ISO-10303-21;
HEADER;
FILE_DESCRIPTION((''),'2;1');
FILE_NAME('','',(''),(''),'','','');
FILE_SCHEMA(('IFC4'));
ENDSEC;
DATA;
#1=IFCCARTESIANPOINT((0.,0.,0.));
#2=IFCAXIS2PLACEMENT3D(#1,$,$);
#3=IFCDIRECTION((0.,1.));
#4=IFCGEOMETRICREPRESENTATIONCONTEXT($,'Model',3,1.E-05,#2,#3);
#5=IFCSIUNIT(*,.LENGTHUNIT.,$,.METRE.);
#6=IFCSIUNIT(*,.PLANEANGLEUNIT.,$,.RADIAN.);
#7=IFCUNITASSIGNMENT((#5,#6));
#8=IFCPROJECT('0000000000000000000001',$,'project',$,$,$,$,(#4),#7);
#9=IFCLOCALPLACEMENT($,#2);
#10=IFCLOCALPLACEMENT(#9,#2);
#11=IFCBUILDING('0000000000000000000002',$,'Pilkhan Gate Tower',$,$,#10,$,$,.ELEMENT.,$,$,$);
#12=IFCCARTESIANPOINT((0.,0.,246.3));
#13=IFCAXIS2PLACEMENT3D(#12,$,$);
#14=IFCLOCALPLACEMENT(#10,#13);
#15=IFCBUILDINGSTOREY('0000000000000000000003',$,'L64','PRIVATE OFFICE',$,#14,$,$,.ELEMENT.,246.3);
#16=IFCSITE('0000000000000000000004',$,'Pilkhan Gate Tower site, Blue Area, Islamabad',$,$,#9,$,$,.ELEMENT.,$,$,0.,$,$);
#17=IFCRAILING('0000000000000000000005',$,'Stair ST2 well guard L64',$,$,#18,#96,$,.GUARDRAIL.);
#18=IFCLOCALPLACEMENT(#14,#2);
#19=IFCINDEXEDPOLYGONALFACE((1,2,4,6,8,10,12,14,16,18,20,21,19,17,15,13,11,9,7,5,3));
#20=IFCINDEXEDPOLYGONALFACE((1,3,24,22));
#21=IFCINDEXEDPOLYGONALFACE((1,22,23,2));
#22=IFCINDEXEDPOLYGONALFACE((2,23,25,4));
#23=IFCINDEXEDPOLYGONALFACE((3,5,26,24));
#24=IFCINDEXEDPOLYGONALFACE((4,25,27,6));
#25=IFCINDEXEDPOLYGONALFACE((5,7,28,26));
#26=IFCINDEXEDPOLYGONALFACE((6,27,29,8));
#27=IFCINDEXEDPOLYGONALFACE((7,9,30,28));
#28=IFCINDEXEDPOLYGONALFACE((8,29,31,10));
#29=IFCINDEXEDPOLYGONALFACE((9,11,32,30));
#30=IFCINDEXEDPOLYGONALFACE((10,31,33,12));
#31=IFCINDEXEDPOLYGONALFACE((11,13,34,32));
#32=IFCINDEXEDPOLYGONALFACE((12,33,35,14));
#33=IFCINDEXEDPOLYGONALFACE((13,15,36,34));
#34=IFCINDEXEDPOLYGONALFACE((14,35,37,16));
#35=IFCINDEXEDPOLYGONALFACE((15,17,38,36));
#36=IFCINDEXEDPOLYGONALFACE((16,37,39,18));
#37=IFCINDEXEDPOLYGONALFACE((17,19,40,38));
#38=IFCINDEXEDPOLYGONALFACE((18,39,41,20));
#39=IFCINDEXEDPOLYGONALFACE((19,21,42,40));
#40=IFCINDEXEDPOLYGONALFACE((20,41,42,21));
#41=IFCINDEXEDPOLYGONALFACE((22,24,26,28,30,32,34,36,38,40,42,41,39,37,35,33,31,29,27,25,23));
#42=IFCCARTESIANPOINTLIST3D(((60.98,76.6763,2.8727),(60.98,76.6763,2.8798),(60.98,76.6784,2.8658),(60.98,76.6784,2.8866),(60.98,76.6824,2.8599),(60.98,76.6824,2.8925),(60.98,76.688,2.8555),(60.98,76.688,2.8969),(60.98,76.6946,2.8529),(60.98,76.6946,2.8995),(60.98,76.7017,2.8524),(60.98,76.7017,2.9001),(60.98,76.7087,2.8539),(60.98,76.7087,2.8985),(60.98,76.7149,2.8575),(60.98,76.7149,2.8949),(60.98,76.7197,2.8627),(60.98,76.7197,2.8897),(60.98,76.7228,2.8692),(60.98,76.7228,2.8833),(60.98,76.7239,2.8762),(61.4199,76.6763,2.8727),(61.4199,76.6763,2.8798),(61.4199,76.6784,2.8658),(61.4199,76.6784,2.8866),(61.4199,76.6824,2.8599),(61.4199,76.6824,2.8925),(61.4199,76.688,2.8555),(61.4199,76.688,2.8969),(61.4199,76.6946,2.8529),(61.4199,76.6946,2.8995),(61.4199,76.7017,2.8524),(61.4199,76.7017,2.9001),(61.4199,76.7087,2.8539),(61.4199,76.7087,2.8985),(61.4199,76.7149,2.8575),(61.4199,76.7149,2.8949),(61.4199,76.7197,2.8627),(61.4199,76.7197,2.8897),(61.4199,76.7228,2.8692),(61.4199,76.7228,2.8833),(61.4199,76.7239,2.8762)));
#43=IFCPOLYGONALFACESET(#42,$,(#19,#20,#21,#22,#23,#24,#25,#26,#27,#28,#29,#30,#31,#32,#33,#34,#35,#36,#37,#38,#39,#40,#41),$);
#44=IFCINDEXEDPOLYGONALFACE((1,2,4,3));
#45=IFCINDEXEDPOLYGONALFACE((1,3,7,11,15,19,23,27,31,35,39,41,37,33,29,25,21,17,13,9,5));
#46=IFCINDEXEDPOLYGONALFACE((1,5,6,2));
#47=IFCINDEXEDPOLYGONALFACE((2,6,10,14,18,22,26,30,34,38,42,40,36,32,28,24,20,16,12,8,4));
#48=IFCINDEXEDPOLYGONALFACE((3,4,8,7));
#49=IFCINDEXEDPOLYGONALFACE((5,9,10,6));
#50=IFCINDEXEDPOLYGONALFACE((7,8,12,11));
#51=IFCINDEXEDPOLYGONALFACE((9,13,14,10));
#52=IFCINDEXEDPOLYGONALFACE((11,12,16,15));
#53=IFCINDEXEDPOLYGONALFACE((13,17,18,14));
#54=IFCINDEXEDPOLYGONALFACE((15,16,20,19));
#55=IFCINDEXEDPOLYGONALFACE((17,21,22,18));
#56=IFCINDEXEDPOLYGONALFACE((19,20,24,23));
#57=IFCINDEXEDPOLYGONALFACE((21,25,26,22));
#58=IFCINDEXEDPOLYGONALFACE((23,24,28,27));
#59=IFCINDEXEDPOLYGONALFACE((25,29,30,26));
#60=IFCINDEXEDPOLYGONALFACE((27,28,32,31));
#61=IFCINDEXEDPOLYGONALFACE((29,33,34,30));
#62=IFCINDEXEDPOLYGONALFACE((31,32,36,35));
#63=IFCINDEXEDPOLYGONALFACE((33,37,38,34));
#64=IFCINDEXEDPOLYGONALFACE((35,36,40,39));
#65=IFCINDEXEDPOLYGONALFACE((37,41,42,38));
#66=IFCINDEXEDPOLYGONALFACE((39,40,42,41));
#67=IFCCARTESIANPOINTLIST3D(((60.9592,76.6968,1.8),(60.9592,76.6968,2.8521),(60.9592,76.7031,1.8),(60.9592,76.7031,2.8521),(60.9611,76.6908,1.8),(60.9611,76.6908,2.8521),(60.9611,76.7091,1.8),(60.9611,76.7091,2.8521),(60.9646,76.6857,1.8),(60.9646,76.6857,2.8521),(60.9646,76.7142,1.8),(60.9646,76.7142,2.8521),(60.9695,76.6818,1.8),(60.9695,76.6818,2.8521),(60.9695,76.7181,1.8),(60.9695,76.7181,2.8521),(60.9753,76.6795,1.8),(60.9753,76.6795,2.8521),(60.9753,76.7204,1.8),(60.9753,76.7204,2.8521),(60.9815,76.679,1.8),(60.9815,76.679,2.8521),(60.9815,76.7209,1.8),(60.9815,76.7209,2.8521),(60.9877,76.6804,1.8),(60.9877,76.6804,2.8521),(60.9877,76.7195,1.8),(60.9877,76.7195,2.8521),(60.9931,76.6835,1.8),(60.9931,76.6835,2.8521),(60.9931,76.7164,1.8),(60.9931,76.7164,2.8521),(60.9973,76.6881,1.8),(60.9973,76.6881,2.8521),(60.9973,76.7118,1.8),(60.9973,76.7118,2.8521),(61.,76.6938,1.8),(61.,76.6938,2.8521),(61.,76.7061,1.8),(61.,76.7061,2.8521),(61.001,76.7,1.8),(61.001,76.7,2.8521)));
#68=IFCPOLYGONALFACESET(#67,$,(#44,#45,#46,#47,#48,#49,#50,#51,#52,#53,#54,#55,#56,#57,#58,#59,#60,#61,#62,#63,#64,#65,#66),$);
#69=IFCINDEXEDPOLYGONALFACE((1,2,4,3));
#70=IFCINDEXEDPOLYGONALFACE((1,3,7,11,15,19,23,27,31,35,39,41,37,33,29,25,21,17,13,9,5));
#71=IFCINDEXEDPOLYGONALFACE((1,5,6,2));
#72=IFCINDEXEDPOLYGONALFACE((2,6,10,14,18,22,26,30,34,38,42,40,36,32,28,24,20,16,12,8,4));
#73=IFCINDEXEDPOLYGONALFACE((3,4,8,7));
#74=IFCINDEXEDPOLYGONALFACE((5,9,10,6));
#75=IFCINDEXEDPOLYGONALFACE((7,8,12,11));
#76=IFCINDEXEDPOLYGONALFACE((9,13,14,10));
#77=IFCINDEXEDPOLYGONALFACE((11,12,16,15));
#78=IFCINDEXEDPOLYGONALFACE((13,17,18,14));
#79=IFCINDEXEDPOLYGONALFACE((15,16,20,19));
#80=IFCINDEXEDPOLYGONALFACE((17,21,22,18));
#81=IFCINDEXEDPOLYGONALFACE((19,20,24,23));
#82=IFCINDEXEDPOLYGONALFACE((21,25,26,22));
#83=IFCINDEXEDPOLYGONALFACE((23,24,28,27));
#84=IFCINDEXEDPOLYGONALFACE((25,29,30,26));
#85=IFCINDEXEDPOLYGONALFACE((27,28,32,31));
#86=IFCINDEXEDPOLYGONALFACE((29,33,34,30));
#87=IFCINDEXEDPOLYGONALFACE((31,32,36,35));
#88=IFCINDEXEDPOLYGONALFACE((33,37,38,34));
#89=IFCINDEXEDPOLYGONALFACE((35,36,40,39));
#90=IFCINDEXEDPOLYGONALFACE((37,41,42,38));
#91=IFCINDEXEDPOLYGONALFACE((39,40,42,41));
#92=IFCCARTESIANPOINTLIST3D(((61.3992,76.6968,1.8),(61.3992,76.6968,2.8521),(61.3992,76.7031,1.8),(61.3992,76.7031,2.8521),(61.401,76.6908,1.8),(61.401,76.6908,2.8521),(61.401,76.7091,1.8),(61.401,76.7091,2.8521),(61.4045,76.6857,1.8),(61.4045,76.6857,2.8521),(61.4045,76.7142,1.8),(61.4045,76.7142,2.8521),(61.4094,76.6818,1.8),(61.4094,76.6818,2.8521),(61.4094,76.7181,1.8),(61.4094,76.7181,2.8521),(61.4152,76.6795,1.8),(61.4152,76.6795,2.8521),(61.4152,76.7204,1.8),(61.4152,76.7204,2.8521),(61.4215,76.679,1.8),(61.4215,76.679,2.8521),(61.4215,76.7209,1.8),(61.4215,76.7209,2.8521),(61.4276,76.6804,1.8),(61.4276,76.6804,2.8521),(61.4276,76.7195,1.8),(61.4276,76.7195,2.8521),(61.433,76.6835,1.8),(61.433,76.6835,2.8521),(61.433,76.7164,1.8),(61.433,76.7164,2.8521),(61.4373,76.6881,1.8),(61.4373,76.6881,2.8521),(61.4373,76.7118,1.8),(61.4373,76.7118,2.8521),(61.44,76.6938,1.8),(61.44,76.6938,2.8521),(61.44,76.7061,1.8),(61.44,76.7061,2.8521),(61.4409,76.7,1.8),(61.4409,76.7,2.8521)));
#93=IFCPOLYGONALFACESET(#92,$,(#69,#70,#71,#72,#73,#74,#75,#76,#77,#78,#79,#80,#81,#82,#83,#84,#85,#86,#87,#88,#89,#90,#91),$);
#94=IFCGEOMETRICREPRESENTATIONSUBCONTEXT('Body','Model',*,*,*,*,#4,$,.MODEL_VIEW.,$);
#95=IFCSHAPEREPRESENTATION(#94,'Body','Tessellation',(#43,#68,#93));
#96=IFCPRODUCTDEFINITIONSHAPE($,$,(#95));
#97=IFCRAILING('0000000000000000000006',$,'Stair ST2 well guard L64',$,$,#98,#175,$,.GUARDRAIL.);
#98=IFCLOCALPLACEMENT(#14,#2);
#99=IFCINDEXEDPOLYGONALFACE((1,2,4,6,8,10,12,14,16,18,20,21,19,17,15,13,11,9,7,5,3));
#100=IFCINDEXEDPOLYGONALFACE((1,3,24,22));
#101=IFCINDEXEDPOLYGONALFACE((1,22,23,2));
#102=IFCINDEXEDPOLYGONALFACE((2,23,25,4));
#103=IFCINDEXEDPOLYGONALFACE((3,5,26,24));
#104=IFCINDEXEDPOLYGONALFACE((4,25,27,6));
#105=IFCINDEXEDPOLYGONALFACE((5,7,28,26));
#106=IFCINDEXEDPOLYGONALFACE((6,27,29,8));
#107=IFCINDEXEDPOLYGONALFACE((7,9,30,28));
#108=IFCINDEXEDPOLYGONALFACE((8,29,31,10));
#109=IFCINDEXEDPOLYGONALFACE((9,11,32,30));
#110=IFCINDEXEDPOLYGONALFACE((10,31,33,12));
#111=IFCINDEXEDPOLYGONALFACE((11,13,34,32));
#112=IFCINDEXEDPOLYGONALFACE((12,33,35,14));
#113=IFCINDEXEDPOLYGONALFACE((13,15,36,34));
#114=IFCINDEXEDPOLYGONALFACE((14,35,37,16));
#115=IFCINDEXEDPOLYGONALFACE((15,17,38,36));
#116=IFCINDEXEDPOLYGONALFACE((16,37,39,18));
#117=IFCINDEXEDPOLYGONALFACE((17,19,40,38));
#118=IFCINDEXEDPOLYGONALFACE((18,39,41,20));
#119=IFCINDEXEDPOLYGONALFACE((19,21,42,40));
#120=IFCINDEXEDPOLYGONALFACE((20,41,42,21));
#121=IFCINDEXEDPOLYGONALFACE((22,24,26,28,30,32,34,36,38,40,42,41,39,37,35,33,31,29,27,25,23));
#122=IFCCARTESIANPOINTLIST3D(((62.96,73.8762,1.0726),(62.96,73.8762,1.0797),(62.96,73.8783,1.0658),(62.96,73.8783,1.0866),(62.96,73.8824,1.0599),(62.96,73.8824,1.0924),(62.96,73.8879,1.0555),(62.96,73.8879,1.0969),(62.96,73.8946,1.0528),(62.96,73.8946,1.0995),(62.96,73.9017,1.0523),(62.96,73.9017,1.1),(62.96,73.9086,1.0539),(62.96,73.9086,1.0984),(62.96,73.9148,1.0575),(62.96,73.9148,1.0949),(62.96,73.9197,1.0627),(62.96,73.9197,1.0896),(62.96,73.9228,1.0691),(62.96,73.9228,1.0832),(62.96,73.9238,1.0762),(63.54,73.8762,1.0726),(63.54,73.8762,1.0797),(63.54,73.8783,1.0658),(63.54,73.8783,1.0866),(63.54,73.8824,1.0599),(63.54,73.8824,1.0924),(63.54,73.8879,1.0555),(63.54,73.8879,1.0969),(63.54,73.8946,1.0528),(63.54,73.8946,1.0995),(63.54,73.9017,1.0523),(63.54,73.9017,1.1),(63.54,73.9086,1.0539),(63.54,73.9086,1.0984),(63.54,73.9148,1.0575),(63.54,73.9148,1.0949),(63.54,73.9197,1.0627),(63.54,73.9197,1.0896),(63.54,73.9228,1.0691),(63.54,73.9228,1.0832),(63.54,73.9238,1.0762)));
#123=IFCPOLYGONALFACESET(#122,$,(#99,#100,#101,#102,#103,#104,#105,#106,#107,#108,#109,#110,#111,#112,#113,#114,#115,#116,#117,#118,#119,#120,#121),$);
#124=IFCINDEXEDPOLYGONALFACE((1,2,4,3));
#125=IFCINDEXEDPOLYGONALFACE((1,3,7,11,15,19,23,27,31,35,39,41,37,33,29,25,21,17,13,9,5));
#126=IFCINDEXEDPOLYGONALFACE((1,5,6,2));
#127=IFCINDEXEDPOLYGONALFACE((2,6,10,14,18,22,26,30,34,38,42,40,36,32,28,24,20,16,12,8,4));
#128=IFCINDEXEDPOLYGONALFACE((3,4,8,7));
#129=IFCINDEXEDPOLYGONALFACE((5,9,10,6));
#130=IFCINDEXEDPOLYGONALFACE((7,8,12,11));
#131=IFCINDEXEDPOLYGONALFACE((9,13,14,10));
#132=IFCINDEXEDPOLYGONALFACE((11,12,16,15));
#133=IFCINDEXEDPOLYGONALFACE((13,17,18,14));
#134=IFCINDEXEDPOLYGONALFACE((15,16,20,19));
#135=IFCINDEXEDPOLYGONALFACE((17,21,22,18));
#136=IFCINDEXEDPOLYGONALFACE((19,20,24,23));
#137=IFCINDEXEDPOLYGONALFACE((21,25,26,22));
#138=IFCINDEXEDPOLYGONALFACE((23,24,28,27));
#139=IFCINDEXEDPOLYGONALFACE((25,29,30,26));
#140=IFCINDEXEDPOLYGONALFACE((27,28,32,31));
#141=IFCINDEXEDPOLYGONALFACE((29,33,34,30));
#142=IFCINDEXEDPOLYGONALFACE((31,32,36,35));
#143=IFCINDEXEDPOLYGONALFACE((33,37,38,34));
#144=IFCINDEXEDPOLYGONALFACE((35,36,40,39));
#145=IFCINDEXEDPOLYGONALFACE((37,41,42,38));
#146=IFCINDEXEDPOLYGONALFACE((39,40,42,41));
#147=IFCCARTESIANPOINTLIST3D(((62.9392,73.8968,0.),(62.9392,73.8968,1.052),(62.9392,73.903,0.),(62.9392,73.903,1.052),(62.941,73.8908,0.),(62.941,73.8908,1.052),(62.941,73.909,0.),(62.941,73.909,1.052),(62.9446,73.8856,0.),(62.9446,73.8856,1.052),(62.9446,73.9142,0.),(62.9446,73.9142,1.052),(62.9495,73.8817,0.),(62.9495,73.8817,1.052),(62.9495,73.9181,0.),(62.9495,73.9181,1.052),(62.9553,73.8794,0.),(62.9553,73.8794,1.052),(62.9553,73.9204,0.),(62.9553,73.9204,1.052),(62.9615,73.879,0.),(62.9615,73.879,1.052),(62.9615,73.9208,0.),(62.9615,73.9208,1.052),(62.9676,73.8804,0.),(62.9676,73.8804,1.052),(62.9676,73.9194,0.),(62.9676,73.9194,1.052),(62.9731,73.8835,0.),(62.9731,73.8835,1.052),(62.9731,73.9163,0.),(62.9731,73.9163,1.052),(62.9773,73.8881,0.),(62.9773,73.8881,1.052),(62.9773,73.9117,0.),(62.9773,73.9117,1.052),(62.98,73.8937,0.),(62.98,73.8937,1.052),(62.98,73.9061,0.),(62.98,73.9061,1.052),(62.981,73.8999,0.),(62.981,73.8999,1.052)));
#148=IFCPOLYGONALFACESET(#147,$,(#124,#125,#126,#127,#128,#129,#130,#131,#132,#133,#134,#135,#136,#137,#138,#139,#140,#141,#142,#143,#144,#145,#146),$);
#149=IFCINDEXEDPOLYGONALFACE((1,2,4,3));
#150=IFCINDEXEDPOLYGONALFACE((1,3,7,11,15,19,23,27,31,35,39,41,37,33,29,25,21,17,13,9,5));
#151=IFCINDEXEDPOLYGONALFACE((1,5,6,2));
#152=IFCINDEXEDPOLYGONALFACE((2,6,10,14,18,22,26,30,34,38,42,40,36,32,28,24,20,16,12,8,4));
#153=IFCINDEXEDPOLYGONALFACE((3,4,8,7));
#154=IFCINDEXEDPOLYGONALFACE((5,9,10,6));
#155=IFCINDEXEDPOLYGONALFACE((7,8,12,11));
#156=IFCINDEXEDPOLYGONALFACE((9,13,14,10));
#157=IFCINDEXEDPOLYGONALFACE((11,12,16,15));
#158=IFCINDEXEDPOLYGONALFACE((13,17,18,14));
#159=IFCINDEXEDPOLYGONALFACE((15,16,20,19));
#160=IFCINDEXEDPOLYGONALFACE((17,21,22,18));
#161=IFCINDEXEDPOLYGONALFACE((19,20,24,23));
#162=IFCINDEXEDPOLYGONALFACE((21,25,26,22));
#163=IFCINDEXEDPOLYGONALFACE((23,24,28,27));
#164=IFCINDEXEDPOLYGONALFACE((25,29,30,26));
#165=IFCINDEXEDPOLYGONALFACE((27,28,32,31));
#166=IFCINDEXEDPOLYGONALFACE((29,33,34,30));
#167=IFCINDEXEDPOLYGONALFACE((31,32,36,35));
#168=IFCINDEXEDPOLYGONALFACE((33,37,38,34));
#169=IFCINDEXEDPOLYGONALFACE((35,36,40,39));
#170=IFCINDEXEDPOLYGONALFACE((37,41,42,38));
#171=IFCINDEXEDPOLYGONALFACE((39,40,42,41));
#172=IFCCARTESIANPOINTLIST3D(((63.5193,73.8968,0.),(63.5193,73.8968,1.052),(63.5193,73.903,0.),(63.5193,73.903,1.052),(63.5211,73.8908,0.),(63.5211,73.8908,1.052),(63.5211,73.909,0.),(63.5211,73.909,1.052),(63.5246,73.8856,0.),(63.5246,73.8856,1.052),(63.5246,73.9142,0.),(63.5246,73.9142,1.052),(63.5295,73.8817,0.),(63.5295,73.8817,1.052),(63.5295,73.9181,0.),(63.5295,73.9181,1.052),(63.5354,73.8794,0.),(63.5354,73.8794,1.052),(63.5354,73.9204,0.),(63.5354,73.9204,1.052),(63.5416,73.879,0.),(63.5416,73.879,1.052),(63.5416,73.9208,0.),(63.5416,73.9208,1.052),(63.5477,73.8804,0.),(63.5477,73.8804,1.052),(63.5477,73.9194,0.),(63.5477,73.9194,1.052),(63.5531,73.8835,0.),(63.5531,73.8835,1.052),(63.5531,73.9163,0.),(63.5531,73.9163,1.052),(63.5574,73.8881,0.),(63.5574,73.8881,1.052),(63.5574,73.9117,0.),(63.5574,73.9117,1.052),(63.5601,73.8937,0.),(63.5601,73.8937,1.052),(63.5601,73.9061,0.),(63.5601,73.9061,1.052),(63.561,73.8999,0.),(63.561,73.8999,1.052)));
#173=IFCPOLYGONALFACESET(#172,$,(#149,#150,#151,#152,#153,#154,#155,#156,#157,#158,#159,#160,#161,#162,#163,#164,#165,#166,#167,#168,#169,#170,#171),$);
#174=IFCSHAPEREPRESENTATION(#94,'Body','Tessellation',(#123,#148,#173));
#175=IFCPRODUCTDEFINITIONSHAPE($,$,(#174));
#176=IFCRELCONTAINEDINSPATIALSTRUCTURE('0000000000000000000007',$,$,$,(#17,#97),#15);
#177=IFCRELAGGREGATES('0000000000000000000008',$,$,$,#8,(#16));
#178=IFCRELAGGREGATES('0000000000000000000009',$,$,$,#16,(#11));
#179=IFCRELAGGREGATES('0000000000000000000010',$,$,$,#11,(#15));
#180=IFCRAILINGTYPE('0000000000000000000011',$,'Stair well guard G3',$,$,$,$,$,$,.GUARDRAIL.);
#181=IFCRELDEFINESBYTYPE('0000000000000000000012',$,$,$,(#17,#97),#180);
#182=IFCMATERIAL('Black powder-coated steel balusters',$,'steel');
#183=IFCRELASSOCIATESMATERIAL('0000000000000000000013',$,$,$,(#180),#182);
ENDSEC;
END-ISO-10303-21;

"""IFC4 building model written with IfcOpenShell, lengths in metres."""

from ifc_helpers import new_model, si_unit, direction, frame, origin, origin_2d, place, context, subcontext, project, spatial, circle, extrude, material, type_object, element, save


model = new_model("IFC4")

# Units and contexts
model_context = context("Model", 3, precision=1e-05, world=origin(), true_north=direction((0.0, 1.0)))
body_context = subcontext(model_context, "Body", "Model", "MODEL_VIEW")
ifc_project = project(units=[si_unit("LENGTHUNIT", "METRE"), si_unit("PLANEANGLEUNIT", "RADIAN")], contexts=[model_context])

# Site, building, storey
site_placement = place(None, origin())
site = spatial("IfcSite", under=ifc_project, at=site_placement, Name="Pilkhan Gate Tower site, Blue Area, Islamabad", CompositionType="ELEMENT", RefElevation=0.0)
building_placement = place(site_placement, origin())
building = spatial("IfcBuilding", under=site, at=building_placement, Name="Pilkhan Gate Tower", CompositionType="ELEMENT")
storey_placement = place(building_placement, frame((0.0, 0.0, 246.3)))
storey = spatial("IfcBuildingStorey", under=building, at=storey_placement, Name="L64", Description="PRIVATE OFFICE", CompositionType="ELEMENT", Elevation=246.3)

# Railings
ifc_material_1 = material(Name="Black powder-coated steel balusters", Category="steel")
railing_type_1 = type_object("IfcRailingType", Name="Stair well guard G3", PredefinedType="GUARDRAIL", material=ifc_material_1)
railing_placement = place(storey_placement, frame((60.98, 76.7, 1.8)))
element("IfcRailing", 1, at=railing_placement, inside=storey, type_object=railing_type_1, Name="Stair ST2 well guard L64", PredefinedType="GUARDRAIL", context=body_context, shape_type="SweptSolid", body=[
    extrude(circle(Radius=0.0239, at=origin_2d()), frame((0.0, 0.0, 1.0762), z_axis=(1.0, 0.0, 0.0), x_axis=(0.0, 1.0, 0.0)), (0.0, 0.0, 1.0), 0.4399),
    extrude(circle(Radius=0.021, at=origin_2d()), origin(), (0.0, 0.0, 1.0), 1.052),
    extrude(circle(Radius=0.021, at=origin_2d()), frame((0.4399, 0.0, 0.0)), (0.0, 0.0, 1.0), 1.052),
])
for number, where, name in (
    (2, (62.96, 73.8999, 0.0), "Stair ST2 well guard L64"),
):
    element("IfcRailing", number, at=place(storey_placement, frame(where)), inside=storey, type_object=railing_type_1, Name=name, PredefinedType="GUARDRAIL", context=body_context, shape_type="SweptSolid", body=[
        extrude(circle(Radius=0.0239, at=origin_2d()), frame((0.0, 0.0, 1.0762), z_axis=(1.0, 0.0, 0.0), x_axis=(0.0, 1.0, 0.0)), (0.0, 0.0, 1.0), 0.5801),
        extrude(circle(Radius=0.021, at=origin_2d()), origin(), (0.0, 0.0, 1.0), 1.052),
        extrude(circle(Radius=0.021, at=origin_2d()), frame((0.5801, 0.0, 0.0)), (0.0, 0.0, 1.0), 1.052),
    ])

save(model, "model.ifc")
